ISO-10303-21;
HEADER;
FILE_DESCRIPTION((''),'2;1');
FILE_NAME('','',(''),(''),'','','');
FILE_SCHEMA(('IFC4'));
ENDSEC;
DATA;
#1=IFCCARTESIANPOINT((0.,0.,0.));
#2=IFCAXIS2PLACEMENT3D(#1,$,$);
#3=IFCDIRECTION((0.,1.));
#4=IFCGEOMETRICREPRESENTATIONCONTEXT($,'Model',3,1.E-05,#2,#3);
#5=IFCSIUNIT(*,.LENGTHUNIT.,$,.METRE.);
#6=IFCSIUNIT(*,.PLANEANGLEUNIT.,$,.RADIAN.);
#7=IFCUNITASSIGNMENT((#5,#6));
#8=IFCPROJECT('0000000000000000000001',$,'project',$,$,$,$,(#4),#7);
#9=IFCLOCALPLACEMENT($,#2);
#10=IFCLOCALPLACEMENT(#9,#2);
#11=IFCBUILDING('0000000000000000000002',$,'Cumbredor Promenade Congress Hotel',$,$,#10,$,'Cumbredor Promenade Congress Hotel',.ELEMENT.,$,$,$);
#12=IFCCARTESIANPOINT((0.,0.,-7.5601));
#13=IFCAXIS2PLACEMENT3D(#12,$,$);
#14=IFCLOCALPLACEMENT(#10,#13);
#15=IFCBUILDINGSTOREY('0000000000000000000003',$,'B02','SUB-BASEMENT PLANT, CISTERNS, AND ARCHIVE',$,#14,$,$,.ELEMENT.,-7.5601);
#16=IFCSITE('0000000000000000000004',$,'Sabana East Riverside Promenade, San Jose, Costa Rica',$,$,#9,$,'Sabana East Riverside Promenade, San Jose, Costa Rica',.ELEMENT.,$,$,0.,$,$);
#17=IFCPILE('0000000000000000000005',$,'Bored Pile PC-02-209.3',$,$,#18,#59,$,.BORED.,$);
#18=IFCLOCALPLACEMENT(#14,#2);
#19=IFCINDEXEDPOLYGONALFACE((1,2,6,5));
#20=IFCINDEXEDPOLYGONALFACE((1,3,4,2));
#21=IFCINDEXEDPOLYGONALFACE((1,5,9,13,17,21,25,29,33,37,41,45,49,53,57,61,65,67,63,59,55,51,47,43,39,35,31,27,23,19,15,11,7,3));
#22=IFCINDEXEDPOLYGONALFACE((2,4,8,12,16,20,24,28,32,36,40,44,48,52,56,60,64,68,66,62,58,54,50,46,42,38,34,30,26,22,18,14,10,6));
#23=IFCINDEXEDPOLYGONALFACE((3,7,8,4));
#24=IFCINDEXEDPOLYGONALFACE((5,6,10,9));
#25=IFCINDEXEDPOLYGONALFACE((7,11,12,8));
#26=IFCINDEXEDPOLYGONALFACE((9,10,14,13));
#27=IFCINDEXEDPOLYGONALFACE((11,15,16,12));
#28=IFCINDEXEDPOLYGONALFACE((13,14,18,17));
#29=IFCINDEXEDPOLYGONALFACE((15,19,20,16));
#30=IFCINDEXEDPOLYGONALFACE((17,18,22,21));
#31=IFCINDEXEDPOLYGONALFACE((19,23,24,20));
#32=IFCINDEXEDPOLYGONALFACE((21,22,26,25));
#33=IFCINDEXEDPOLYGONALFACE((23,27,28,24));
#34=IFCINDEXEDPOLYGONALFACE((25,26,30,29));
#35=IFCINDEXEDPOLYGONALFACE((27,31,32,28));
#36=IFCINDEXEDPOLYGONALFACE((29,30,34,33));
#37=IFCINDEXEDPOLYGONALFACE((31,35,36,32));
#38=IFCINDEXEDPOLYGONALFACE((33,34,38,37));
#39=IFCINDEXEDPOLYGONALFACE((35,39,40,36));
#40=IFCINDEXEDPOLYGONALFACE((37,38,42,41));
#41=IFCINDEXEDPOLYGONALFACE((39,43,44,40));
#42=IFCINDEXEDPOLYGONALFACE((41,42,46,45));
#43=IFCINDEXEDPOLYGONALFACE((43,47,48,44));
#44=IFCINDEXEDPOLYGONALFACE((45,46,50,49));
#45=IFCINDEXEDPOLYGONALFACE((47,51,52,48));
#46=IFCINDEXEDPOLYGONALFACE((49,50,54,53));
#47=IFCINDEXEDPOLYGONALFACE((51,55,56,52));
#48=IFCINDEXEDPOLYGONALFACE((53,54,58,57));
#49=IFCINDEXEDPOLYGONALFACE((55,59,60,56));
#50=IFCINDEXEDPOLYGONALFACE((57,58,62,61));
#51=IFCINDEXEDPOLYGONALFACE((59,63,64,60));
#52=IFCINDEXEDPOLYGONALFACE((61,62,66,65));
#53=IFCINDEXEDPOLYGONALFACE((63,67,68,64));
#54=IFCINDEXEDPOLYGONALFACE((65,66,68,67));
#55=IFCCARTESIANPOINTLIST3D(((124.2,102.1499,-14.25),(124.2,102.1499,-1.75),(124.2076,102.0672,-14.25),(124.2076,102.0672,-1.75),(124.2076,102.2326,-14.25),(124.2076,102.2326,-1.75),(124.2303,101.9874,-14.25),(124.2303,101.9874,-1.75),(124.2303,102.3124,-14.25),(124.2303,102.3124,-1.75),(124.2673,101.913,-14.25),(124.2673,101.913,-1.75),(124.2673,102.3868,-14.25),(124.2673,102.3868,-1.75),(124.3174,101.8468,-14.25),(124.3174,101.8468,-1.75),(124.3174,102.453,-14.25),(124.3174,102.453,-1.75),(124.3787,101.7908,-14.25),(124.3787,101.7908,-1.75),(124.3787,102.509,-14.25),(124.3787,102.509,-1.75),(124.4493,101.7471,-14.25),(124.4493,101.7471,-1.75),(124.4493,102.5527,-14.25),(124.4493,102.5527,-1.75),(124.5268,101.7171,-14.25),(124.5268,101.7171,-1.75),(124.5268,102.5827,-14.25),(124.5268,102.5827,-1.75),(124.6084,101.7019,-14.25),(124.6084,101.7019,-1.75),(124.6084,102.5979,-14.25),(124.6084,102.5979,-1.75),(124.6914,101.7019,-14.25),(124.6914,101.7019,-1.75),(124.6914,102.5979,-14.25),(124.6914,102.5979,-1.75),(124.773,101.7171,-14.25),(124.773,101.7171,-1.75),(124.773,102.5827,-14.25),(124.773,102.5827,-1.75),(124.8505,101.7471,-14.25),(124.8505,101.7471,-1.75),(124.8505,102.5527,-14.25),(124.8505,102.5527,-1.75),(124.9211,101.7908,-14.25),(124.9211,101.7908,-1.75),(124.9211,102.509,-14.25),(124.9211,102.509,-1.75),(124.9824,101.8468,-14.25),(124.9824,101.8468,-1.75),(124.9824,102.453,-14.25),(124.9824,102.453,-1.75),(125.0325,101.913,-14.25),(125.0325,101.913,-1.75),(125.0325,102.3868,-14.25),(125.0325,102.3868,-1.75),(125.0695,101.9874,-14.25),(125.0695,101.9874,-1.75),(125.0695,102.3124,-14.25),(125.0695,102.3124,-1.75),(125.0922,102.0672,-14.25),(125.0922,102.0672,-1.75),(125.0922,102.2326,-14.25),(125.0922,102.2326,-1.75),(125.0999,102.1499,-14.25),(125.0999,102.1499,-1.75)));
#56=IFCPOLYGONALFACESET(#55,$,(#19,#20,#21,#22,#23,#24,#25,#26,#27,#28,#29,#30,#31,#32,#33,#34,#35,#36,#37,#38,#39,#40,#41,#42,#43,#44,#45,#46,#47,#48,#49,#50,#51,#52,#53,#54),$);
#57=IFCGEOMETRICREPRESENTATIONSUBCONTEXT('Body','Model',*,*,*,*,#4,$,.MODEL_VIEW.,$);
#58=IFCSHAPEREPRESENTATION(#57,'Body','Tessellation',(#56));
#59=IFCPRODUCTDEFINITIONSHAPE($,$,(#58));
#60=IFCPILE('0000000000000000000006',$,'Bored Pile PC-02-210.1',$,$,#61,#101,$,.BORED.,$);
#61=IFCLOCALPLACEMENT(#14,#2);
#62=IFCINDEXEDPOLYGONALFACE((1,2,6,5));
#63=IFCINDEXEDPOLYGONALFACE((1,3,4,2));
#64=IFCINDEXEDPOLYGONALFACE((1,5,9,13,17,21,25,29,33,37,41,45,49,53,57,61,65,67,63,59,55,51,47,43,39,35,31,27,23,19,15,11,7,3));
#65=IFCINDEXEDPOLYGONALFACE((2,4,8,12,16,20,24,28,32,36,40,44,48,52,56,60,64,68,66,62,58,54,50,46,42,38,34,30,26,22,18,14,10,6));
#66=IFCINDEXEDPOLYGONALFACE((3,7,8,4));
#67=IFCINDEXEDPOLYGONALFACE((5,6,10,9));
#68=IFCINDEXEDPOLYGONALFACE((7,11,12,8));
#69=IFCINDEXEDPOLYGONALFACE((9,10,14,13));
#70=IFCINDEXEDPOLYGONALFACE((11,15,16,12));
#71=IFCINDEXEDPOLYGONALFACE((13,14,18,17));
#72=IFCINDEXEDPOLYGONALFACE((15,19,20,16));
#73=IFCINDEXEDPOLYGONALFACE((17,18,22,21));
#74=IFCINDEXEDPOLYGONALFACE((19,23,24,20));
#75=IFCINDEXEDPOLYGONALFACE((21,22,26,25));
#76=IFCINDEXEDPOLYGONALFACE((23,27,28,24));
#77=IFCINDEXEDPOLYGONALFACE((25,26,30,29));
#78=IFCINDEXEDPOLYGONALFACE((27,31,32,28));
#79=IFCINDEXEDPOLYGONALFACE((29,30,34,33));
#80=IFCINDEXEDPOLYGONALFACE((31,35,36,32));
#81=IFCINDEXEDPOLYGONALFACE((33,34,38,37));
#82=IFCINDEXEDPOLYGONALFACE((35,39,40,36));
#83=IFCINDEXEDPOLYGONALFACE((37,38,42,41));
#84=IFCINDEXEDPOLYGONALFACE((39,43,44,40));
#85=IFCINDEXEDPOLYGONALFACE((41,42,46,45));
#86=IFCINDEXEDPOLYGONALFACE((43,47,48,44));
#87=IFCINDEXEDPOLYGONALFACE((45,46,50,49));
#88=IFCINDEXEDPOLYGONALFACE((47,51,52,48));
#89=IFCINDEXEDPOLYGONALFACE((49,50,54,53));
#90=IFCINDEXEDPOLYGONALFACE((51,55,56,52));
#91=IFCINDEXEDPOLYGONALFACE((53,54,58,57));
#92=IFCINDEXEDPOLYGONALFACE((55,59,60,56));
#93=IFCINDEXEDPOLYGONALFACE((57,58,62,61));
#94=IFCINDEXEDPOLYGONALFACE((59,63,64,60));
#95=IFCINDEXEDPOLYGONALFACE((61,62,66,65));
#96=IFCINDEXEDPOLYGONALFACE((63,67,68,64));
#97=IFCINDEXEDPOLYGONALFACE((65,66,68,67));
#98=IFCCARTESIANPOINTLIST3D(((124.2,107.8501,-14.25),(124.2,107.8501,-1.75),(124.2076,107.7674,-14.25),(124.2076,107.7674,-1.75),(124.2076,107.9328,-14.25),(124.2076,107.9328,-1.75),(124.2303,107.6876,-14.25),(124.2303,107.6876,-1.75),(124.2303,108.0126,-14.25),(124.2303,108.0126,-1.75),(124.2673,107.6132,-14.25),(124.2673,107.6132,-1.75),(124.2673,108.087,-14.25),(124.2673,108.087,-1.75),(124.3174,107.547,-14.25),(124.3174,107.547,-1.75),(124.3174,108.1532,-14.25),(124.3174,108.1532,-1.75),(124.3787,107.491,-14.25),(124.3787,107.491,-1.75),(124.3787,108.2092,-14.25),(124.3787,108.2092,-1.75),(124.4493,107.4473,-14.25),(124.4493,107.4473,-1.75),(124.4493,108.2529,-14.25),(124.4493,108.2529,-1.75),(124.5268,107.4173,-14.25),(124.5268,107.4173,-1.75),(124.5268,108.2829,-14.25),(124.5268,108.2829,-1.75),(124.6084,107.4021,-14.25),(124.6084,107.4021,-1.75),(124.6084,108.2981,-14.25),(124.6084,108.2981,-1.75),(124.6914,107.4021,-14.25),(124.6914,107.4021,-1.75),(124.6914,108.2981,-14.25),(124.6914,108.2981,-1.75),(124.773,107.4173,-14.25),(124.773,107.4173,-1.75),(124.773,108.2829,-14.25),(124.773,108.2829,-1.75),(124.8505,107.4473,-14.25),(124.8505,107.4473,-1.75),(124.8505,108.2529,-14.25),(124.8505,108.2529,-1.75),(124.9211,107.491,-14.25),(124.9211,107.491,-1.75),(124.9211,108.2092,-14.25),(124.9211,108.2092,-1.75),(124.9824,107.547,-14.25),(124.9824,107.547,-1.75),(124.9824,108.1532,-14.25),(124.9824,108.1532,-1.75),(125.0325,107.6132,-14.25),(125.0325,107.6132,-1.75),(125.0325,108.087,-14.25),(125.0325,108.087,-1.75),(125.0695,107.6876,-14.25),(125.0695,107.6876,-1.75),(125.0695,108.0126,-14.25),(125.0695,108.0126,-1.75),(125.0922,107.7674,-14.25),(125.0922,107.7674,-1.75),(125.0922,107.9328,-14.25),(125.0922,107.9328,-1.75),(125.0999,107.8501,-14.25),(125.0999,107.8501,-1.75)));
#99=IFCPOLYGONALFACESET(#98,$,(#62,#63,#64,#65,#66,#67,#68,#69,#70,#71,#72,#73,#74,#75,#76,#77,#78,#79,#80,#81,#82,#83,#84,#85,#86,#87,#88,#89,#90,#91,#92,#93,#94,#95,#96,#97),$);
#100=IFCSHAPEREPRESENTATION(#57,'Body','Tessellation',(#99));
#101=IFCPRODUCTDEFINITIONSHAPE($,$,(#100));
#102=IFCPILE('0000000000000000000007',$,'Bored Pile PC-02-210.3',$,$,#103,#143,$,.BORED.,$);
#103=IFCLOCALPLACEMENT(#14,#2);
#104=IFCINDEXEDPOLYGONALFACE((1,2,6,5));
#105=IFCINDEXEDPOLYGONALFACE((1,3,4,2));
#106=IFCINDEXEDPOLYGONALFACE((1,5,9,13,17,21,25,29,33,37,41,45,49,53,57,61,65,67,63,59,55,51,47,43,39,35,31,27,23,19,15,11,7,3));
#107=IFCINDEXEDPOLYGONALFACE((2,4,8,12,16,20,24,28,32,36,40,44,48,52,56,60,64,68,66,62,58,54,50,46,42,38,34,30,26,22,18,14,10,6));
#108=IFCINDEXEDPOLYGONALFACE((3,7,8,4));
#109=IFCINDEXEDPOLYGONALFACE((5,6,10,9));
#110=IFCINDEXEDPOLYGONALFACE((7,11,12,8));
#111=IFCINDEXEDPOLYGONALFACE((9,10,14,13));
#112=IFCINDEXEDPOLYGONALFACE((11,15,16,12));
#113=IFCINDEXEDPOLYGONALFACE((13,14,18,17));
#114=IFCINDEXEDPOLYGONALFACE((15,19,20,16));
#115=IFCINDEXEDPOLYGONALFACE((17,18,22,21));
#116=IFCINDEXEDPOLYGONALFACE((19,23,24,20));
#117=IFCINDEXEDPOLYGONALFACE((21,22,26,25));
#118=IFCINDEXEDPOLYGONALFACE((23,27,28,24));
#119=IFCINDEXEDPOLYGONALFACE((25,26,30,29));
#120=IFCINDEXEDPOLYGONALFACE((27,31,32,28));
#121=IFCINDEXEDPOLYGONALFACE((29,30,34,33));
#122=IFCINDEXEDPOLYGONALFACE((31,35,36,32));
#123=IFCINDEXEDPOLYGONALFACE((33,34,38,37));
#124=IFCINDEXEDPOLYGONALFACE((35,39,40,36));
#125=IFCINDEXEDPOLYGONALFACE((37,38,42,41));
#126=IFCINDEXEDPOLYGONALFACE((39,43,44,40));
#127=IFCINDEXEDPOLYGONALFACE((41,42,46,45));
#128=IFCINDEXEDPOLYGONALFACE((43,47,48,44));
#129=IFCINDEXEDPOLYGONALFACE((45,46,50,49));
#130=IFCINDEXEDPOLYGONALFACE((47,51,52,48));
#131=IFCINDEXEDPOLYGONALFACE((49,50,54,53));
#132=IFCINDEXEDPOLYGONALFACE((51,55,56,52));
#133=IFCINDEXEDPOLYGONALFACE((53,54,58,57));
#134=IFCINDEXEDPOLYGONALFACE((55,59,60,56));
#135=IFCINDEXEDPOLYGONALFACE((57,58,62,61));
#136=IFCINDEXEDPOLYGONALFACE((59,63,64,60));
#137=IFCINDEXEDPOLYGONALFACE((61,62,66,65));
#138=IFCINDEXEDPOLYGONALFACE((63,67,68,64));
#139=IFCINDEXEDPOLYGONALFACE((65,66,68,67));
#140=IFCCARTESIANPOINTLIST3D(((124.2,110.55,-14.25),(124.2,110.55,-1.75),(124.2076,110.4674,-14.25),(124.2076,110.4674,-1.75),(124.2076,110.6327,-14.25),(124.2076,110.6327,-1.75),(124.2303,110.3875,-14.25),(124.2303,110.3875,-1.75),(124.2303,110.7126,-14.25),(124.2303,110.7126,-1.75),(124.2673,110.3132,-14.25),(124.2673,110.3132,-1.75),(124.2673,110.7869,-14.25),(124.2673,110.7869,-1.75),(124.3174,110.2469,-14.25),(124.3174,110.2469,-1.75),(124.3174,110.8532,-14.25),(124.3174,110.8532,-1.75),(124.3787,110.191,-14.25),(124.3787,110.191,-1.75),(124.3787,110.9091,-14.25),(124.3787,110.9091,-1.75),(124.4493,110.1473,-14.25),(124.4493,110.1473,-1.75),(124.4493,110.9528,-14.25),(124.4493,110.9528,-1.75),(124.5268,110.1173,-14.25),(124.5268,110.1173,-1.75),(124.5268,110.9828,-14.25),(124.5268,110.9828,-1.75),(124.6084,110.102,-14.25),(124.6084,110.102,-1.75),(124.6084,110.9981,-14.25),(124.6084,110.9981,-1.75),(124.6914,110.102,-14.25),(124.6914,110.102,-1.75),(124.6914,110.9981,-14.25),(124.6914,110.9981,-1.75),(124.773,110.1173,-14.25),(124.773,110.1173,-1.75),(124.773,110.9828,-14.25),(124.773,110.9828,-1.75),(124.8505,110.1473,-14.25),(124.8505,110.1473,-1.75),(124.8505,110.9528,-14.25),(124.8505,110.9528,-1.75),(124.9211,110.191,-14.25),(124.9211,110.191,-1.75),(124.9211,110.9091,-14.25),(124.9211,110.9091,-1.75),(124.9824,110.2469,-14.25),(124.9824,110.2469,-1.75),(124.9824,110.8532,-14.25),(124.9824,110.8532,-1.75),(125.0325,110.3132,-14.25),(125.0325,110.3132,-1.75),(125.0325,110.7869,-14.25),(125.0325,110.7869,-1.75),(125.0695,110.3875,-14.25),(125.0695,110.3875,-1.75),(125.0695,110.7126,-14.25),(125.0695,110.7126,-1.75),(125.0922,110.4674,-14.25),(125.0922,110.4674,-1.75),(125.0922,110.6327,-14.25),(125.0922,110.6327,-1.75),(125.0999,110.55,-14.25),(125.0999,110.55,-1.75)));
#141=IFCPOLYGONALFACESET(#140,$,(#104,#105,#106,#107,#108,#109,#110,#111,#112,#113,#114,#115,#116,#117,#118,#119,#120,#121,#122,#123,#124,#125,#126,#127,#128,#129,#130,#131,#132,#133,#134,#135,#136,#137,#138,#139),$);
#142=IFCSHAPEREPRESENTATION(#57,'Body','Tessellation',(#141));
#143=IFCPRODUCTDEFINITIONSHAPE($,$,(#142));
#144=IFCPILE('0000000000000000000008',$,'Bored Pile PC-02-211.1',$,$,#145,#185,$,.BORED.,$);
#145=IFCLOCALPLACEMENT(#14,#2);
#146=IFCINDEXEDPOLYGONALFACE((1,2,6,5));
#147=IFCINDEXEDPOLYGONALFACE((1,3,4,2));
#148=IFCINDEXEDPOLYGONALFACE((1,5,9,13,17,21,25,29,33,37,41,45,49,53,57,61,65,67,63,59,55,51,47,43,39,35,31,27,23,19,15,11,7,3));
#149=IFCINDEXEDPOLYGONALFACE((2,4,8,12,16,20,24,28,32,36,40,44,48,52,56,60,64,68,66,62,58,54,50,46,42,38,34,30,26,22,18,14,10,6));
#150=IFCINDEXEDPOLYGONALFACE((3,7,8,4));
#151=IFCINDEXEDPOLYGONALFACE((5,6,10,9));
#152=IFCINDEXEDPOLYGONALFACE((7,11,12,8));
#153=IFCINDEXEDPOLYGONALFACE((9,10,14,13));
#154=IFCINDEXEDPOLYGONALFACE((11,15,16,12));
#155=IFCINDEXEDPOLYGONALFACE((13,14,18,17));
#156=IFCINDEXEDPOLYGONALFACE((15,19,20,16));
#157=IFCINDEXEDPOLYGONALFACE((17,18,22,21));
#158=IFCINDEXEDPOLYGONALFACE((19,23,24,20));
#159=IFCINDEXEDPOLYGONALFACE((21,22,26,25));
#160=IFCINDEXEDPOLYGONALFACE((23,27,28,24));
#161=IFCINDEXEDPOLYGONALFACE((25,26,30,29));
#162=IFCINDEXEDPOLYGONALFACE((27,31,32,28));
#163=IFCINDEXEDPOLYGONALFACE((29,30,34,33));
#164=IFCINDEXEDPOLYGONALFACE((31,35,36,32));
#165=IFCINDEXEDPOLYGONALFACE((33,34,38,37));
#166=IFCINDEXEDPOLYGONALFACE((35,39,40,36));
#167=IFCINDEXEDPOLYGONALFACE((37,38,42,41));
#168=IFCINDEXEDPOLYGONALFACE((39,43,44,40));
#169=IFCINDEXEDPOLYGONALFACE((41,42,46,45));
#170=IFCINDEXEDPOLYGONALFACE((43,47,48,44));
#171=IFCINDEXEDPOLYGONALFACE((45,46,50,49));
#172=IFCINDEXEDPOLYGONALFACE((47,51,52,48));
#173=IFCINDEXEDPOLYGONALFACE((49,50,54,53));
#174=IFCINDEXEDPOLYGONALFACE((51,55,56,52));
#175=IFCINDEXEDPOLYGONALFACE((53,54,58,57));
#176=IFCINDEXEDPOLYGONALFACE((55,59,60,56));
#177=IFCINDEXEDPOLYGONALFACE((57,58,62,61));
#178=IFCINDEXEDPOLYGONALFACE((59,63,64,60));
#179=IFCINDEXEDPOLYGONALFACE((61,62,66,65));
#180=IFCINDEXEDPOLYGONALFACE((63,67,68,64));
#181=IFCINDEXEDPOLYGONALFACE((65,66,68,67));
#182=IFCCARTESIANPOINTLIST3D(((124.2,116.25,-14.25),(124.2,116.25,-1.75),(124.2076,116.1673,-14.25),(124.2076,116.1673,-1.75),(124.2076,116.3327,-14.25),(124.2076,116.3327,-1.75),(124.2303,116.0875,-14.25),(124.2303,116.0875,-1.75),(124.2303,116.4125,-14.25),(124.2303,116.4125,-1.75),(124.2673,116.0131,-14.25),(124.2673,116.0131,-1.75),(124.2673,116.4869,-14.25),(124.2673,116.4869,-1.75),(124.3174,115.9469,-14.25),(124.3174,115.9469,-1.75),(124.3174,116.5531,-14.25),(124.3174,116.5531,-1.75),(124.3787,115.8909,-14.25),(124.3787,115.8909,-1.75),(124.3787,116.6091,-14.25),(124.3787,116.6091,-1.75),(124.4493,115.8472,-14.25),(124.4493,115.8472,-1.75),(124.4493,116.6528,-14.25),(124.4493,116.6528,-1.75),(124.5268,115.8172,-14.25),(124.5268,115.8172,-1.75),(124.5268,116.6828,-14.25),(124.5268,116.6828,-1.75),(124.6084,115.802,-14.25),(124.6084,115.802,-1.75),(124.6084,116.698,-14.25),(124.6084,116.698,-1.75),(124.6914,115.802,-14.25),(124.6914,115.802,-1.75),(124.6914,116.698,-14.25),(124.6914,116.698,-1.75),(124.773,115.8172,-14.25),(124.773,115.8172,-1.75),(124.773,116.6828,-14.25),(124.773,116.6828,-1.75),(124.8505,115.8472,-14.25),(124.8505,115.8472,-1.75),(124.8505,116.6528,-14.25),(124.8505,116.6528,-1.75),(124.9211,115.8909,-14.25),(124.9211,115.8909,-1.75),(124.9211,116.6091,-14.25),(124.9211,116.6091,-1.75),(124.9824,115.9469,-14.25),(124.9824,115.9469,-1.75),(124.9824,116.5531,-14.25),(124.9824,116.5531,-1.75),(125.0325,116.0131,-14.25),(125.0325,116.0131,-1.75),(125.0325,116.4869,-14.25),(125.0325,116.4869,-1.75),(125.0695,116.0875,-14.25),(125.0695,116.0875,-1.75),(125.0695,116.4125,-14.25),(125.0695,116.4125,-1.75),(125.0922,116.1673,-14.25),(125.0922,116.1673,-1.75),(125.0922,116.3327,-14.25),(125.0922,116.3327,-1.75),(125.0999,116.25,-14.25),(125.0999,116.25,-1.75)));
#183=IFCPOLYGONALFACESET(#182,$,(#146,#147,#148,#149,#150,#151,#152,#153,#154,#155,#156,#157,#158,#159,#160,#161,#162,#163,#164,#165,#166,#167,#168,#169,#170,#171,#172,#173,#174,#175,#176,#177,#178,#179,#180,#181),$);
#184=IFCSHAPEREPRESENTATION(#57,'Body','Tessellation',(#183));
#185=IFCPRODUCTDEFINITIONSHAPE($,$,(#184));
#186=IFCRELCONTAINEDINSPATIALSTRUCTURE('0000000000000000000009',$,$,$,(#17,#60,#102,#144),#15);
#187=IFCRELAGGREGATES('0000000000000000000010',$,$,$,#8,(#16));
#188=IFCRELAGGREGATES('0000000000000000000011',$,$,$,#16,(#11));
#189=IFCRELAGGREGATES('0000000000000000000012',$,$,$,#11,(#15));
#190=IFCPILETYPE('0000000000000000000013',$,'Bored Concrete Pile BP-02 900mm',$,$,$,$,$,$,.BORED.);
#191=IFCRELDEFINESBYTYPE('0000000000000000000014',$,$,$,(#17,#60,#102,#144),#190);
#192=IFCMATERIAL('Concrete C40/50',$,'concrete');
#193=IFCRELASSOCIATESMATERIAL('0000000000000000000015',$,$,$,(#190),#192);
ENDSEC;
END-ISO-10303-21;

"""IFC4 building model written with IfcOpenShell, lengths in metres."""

from ifc_helpers import new_model, si_unit, direction, frame, origin, origin_2d, place, context, subcontext, project, spatial, circle, extrude, material, material_profile, profile_set, type_object, element, save


model = new_model("IFC4")

# Units and contexts
model_context = context("Model", 3, precision=1e-05, world=origin(), true_north=direction((0.0, 1.0)))
body_context = subcontext(model_context, "Body", "Model", "MODEL_VIEW")
ifc_project = project(units=[si_unit("LENGTHUNIT", "METRE"), si_unit("PLANEANGLEUNIT", "RADIAN")], contexts=[model_context])

# Site, building, storey
site_placement = place(None, origin())
site = spatial("IfcSite", under=ifc_project, at=site_placement, Name="Sabana East Riverside Promenade, San Jose, Costa Rica", LongName="Sabana East Riverside Promenade, San Jose, Costa Rica", CompositionType="ELEMENT", RefElevation=0.0)
building_placement = place(site_placement, origin())
building = spatial("IfcBuilding", under=site, at=building_placement, Name="Cumbredor Promenade Congress Hotel", LongName="Cumbredor Promenade Congress Hotel", CompositionType="ELEMENT")
storey_placement = place(building_placement, frame((0.0, 0.0, -7.5601)))
storey = spatial("IfcBuildingStorey", under=building, at=storey_placement, Name="B02", Description="SUB-BASEMENT PLANT, CISTERNS, AND ARCHIVE", CompositionType="ELEMENT", Elevation=-7.5601)

# Piles
ifc_material_1 = material(Name="Concrete C40/50", Category="concrete")
ifc_material_profile_1 = material_profile(ifc_material_1, circle(Radius=0.45, at=origin_2d()), Name="PILE D900")
ifc_profile_set_1 = profile_set([ifc_material_profile_1], Name="Concrete C40/50")
pile_type = type_object("IfcPileType", Name="Bored Concrete Pile BP-02 900mm", PredefinedType="BORED", material=ifc_profile_set_1)
for number, where, z_axis, x_axis, name in (
    (1, (124.6499, 102.1499, -1.75), (0.0, 0.0, -1.0), (1.0, 0.0, 0.0), "Bored Pile PC-02-209.3"),
    (2, (124.6499, 107.8501, -1.75), (0.0, 0.0, -1.0), (1.0, 0.0, 0.0), "Bored Pile PC-02-210.1"),
    (3, (124.6499, 110.55, -1.75), (0.0, 0.0, -1.0), (1.0, 0.0, 0.0), "Bored Pile PC-02-210.3"),
    (4, (124.6499, 116.25, -1.75), (0.0, 0.0, -1.0), (1.0, 0.0, 0.0), "Bored Pile PC-02-211.1"),
):
    element("IfcPile", number, at=place(storey_placement, frame(where, z_axis=z_axis, x_axis=x_axis)), inside=storey, type_object=pile_type, Name=name, PredefinedType="BORED", context=body_context, shape_type="SweptSolid", body=[
        extrude(circle(Radius=0.45, at=origin_2d()), origin(), (0.0, 0.0, 1.0), 12.5),
    ])

save(model, "model.ifc")
